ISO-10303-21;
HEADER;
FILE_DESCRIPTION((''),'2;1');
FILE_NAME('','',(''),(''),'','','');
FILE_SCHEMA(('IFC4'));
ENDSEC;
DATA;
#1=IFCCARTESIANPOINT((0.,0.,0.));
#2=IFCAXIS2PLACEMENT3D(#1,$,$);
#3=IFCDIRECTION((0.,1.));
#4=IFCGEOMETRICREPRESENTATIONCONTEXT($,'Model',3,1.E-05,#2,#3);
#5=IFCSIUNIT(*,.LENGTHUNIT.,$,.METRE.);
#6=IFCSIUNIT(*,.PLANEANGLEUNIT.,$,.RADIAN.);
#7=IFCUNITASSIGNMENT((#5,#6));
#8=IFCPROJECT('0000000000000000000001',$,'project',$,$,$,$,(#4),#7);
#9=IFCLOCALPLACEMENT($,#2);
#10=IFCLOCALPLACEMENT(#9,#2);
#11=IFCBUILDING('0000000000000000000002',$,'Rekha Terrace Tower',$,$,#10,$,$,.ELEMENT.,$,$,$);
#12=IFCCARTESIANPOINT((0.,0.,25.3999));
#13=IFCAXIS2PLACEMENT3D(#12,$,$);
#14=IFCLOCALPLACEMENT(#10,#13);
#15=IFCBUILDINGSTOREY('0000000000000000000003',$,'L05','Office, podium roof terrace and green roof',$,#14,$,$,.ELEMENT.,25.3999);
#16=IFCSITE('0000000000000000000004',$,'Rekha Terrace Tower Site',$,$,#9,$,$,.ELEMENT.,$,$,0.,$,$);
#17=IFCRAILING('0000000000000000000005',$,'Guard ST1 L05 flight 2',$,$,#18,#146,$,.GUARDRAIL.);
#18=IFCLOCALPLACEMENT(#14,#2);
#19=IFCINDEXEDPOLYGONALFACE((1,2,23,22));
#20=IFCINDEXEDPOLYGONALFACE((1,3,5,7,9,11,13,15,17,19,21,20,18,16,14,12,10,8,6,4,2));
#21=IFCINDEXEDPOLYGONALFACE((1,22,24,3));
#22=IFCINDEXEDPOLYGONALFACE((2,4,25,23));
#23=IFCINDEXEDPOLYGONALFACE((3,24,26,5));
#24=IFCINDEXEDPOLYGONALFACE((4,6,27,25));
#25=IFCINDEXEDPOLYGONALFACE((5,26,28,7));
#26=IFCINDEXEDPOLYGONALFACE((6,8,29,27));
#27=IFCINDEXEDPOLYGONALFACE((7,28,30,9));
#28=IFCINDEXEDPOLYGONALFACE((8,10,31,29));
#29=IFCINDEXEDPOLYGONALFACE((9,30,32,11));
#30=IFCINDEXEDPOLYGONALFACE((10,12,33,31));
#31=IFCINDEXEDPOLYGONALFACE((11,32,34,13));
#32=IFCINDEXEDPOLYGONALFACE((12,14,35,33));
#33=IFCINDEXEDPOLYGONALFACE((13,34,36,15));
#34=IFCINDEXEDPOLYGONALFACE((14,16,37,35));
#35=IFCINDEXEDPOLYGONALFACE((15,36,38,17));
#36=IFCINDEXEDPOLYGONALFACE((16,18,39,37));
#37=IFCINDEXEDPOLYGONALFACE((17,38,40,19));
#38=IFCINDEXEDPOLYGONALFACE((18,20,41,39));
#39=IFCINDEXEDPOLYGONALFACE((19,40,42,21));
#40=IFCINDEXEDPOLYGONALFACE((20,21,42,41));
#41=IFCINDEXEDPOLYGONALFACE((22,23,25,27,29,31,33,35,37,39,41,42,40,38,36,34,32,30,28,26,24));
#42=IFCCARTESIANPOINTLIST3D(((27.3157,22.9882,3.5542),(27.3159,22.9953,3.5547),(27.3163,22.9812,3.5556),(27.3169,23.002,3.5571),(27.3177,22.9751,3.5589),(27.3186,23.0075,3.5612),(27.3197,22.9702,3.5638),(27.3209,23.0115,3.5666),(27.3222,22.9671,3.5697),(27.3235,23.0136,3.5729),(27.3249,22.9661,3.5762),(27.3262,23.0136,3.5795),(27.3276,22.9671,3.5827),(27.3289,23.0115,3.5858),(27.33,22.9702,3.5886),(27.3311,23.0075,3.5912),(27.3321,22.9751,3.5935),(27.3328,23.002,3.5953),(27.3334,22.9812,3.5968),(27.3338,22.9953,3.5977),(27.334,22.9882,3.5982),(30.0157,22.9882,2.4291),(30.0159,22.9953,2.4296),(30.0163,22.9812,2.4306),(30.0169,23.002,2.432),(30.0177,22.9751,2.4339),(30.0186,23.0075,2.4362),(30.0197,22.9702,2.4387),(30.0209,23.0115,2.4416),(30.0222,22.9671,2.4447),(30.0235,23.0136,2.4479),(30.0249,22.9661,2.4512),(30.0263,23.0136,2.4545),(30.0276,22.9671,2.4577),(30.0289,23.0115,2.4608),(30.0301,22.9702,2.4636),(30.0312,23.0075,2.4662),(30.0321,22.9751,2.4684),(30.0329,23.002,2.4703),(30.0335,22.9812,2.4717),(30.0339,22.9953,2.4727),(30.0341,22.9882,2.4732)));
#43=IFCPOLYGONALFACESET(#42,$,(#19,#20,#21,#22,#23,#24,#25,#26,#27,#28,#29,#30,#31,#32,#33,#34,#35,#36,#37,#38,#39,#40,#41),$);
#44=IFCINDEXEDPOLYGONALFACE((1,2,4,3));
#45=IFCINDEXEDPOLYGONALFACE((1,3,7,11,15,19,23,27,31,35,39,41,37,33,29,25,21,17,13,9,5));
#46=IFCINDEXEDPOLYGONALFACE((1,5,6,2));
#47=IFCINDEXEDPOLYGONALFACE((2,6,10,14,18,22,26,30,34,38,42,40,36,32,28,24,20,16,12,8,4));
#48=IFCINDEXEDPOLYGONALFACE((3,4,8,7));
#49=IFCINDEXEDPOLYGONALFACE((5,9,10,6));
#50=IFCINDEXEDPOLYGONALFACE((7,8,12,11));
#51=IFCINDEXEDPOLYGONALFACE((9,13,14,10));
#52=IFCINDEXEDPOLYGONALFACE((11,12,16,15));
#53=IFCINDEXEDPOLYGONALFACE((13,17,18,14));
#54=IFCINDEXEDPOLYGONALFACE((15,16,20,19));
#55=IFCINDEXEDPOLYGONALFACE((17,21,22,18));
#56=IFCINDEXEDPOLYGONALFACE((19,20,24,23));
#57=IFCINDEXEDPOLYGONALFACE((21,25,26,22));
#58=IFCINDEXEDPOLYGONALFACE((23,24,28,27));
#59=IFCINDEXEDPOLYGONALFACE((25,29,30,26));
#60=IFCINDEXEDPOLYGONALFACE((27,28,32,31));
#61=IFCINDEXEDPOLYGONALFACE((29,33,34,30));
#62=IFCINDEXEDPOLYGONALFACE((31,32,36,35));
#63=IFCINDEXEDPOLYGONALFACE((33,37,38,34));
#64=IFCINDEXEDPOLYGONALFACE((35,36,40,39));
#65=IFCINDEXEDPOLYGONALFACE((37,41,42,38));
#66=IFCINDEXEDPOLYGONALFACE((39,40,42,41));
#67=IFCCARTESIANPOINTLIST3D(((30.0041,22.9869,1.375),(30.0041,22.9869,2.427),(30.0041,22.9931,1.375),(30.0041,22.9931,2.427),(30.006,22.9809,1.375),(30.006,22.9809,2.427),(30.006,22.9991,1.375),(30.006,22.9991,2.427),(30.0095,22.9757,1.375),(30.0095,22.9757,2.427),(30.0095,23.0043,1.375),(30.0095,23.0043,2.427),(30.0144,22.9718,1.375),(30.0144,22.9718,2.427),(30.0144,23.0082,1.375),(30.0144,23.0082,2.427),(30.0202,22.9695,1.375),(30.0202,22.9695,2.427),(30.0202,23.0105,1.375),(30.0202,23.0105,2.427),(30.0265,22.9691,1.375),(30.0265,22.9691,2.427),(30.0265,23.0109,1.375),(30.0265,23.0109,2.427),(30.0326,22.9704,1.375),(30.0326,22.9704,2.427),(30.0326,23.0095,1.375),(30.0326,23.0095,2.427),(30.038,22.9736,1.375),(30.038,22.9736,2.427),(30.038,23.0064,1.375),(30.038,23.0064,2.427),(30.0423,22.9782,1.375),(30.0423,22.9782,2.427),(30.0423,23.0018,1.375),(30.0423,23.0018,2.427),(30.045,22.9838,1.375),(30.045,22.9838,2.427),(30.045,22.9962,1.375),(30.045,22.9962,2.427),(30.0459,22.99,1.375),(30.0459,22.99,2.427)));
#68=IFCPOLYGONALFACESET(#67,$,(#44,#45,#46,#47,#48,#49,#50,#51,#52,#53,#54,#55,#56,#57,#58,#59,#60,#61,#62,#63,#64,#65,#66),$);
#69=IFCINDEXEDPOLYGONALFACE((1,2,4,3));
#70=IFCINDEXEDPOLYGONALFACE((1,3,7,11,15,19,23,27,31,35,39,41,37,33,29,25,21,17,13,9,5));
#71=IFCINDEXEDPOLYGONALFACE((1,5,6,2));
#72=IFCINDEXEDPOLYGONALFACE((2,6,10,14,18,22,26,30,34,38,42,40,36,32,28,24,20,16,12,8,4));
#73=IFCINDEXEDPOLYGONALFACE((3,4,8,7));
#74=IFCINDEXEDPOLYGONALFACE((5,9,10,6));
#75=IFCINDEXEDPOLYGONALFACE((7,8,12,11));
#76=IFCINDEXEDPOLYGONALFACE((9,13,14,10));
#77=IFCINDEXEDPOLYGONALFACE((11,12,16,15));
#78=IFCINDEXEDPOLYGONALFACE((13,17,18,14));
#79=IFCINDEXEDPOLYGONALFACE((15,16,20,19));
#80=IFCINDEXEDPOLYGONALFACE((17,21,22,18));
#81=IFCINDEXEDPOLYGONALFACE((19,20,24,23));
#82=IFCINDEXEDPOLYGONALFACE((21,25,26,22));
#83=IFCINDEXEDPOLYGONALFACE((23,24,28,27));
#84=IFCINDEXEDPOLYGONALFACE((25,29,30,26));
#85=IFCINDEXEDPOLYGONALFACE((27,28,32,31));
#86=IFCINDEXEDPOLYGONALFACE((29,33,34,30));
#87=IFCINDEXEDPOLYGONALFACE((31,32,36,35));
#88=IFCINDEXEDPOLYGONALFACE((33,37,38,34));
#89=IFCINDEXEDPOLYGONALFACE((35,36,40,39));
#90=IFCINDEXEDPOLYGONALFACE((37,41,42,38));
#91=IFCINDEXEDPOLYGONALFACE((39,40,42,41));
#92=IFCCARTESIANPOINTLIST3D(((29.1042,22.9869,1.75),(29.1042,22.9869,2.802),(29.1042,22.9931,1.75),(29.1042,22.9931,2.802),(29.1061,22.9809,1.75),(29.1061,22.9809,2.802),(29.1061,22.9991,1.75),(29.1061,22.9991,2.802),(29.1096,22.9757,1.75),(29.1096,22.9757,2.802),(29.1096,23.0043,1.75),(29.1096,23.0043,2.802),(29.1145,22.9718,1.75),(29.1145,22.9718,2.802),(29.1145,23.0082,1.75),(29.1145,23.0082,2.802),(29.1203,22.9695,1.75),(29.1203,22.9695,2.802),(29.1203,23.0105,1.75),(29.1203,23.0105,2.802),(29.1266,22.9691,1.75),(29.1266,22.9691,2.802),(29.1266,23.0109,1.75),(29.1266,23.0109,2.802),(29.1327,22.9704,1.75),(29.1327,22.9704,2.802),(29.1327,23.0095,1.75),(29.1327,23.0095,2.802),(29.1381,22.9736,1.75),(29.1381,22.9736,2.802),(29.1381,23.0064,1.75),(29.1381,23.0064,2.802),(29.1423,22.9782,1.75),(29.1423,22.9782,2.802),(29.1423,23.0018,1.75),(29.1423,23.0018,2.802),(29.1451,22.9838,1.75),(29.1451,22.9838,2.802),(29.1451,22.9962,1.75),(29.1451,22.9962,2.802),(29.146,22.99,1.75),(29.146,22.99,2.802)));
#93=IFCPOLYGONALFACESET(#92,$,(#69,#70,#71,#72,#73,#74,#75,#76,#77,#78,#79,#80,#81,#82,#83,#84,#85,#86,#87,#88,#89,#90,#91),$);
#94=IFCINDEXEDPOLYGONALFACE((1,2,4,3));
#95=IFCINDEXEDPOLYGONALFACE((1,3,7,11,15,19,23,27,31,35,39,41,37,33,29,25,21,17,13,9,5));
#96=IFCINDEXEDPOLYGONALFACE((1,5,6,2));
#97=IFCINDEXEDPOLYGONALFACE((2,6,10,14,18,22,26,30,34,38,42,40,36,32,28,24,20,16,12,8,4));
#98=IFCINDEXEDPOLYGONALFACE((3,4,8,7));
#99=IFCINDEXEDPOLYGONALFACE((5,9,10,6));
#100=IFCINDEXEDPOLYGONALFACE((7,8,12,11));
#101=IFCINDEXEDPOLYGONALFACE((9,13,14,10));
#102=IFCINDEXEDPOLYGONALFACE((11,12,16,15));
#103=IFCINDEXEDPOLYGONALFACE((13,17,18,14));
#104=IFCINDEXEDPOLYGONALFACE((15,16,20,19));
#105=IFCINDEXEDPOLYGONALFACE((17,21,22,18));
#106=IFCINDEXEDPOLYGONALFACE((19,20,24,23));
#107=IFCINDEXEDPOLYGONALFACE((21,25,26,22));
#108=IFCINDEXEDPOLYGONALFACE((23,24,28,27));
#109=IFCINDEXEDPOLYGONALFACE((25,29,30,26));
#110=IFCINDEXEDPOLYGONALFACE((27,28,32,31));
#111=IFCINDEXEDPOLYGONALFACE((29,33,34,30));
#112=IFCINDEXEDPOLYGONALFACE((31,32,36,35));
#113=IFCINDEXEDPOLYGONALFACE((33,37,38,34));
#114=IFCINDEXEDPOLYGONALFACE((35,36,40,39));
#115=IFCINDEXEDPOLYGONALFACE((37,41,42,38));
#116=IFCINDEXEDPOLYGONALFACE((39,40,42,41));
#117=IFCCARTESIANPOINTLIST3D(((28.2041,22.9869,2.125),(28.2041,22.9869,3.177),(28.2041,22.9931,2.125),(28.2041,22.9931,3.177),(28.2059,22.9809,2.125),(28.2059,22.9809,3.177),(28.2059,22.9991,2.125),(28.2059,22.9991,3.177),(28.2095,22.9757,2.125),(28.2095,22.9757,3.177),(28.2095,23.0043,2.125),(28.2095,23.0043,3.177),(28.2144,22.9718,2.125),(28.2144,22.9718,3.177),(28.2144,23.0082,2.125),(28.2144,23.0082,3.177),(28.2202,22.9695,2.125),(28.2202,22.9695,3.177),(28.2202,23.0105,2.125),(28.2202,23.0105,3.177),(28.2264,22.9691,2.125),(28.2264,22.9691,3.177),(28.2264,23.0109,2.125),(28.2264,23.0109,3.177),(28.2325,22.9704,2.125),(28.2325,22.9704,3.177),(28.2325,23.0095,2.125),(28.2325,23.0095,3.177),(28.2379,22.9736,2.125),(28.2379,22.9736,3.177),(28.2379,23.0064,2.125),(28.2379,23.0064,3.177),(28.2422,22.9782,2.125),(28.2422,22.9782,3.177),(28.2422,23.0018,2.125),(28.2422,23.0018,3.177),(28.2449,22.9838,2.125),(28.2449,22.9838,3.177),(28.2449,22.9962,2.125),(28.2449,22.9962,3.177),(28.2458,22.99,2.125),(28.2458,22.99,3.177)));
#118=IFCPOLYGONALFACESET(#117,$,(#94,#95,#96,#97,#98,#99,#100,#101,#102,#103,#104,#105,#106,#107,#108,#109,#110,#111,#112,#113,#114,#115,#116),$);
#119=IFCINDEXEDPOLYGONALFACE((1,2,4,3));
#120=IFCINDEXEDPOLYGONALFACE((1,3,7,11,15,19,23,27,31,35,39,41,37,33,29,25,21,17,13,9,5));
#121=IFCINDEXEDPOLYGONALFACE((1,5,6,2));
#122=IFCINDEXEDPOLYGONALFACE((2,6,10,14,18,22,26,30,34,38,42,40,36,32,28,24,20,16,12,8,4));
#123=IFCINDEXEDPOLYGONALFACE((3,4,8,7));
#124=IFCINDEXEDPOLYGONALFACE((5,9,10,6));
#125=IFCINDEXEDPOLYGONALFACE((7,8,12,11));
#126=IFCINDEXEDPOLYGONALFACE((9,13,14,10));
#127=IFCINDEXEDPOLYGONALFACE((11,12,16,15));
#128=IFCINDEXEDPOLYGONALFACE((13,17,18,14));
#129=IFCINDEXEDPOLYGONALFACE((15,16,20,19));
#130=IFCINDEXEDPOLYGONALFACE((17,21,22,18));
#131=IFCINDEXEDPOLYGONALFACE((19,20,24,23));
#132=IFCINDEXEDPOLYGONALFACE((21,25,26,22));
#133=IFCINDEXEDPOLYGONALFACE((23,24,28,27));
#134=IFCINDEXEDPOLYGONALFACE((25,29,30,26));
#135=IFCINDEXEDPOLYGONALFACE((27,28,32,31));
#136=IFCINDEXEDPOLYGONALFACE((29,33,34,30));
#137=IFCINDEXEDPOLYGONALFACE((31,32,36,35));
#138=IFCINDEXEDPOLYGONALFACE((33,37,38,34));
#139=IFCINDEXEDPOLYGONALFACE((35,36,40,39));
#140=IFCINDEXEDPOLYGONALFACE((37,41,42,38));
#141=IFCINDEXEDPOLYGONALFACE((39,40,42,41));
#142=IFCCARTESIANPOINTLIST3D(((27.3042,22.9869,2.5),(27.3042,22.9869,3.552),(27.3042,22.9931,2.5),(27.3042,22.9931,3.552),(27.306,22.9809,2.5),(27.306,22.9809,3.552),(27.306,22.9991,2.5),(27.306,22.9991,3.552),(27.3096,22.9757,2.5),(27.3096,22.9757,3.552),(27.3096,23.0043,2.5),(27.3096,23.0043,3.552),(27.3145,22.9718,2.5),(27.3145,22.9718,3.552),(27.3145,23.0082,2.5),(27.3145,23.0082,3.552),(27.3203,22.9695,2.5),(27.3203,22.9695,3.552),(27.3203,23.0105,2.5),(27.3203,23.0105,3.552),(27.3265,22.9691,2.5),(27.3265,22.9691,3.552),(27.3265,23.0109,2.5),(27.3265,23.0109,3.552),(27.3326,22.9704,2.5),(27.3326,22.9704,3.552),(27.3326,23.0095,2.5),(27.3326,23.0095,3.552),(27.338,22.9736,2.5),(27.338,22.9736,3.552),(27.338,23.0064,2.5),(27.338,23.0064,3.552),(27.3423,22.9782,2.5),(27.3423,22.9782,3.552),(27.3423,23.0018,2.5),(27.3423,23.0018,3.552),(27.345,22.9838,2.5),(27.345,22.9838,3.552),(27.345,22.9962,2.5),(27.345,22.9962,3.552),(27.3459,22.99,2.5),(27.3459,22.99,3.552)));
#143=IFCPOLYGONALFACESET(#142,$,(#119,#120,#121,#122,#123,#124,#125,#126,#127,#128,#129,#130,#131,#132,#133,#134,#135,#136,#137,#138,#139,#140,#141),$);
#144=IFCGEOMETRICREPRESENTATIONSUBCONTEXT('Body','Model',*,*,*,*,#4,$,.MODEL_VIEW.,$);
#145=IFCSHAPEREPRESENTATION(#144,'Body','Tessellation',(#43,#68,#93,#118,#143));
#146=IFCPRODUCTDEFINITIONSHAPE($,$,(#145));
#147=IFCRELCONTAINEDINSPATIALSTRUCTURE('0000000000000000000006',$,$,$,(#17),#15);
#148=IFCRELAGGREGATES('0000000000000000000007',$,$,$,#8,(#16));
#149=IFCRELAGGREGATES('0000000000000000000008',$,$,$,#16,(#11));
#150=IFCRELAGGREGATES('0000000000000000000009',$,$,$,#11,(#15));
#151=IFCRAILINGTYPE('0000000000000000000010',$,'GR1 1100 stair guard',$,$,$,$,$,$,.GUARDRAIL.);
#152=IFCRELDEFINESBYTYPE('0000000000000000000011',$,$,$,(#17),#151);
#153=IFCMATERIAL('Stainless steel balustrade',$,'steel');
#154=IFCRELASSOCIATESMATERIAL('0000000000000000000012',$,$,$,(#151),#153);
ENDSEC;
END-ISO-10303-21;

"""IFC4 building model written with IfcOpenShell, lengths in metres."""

from ifc_helpers import new_model, si_unit, direction, frame, origin, origin_2d, place, context, subcontext, project, spatial, circle, extrude, material, type_object, element, save


model = new_model("IFC4")

# Units and contexts
model_context = context("Model", 3, precision=1e-05, world=origin(), true_north=direction((0.0, 1.0)))
body_context = subcontext(model_context, "Body", "Model", "MODEL_VIEW")
ifc_project = project(units=[si_unit("LENGTHUNIT", "METRE"), si_unit("PLANEANGLEUNIT", "RADIAN")], contexts=[model_context])

# Site, building, storey
site_placement = place(None, origin())
site = spatial("IfcSite", under=ifc_project, at=site_placement, Name="Rekha Terrace Tower Site", CompositionType="ELEMENT", RefElevation=0.0)
building_placement = place(site_placement, origin())
building = spatial("IfcBuilding", under=site, at=building_placement, Name="Rekha Terrace Tower", CompositionType="ELEMENT")
storey_placement = place(building_placement, frame((0.0, 0.0, 25.3999)))
storey = spatial("IfcBuildingStorey", under=building, at=storey_placement, Name="L05", Description="Office, podium roof terrace and green roof", CompositionType="ELEMENT", Elevation=25.3999)

# Railing
ifc_material_1 = material(Name="Stainless steel balustrade", Category="steel")
railing_type_1 = type_object("IfcRailingType", Name="GR1 1100 stair guard", PredefinedType="GUARDRAIL", material=ifc_material_1)
railing_1_placement = place(storey_placement, frame((30.0249, 22.99, 1.375)))
element("IfcRailing", 1, at=railing_1_placement, inside=storey, type_object=railing_type_1, Name="Guard ST1 L05 flight 2", PredefinedType="GUARDRAIL", context=body_context, shape_type="SweptSolid", body=[
    extrude(circle(Radius=0.0239, at=origin_2d()), frame((0.0, 0.0, 1.0762), z_axis=(-0.923074, 0.0, 0.384621), x_axis=(0.0, -1.0, 0.0)), (0.0, 0.0, 1.0), 2.925),
    extrude(circle(Radius=0.021, at=origin_2d()), origin(), (0.0, 0.0, 1.0), 1.052),
    extrude(circle(Radius=0.021, at=origin_2d()), frame((-0.8999, 0.0, 0.375)), (0.0, 0.0, 1.0), 1.052),
    extrude(circle(Radius=0.021, at=origin_2d()), frame((-1.8, 0.0, 0.75)), (0.0, 0.0, 1.0), 1.052),
    extrude(circle(Radius=0.021, at=origin_2d()), frame((-2.7, 0.0, 1.125)), (0.0, 0.0, 1.0), 1.052),
])

save(model, "model.ifc")
